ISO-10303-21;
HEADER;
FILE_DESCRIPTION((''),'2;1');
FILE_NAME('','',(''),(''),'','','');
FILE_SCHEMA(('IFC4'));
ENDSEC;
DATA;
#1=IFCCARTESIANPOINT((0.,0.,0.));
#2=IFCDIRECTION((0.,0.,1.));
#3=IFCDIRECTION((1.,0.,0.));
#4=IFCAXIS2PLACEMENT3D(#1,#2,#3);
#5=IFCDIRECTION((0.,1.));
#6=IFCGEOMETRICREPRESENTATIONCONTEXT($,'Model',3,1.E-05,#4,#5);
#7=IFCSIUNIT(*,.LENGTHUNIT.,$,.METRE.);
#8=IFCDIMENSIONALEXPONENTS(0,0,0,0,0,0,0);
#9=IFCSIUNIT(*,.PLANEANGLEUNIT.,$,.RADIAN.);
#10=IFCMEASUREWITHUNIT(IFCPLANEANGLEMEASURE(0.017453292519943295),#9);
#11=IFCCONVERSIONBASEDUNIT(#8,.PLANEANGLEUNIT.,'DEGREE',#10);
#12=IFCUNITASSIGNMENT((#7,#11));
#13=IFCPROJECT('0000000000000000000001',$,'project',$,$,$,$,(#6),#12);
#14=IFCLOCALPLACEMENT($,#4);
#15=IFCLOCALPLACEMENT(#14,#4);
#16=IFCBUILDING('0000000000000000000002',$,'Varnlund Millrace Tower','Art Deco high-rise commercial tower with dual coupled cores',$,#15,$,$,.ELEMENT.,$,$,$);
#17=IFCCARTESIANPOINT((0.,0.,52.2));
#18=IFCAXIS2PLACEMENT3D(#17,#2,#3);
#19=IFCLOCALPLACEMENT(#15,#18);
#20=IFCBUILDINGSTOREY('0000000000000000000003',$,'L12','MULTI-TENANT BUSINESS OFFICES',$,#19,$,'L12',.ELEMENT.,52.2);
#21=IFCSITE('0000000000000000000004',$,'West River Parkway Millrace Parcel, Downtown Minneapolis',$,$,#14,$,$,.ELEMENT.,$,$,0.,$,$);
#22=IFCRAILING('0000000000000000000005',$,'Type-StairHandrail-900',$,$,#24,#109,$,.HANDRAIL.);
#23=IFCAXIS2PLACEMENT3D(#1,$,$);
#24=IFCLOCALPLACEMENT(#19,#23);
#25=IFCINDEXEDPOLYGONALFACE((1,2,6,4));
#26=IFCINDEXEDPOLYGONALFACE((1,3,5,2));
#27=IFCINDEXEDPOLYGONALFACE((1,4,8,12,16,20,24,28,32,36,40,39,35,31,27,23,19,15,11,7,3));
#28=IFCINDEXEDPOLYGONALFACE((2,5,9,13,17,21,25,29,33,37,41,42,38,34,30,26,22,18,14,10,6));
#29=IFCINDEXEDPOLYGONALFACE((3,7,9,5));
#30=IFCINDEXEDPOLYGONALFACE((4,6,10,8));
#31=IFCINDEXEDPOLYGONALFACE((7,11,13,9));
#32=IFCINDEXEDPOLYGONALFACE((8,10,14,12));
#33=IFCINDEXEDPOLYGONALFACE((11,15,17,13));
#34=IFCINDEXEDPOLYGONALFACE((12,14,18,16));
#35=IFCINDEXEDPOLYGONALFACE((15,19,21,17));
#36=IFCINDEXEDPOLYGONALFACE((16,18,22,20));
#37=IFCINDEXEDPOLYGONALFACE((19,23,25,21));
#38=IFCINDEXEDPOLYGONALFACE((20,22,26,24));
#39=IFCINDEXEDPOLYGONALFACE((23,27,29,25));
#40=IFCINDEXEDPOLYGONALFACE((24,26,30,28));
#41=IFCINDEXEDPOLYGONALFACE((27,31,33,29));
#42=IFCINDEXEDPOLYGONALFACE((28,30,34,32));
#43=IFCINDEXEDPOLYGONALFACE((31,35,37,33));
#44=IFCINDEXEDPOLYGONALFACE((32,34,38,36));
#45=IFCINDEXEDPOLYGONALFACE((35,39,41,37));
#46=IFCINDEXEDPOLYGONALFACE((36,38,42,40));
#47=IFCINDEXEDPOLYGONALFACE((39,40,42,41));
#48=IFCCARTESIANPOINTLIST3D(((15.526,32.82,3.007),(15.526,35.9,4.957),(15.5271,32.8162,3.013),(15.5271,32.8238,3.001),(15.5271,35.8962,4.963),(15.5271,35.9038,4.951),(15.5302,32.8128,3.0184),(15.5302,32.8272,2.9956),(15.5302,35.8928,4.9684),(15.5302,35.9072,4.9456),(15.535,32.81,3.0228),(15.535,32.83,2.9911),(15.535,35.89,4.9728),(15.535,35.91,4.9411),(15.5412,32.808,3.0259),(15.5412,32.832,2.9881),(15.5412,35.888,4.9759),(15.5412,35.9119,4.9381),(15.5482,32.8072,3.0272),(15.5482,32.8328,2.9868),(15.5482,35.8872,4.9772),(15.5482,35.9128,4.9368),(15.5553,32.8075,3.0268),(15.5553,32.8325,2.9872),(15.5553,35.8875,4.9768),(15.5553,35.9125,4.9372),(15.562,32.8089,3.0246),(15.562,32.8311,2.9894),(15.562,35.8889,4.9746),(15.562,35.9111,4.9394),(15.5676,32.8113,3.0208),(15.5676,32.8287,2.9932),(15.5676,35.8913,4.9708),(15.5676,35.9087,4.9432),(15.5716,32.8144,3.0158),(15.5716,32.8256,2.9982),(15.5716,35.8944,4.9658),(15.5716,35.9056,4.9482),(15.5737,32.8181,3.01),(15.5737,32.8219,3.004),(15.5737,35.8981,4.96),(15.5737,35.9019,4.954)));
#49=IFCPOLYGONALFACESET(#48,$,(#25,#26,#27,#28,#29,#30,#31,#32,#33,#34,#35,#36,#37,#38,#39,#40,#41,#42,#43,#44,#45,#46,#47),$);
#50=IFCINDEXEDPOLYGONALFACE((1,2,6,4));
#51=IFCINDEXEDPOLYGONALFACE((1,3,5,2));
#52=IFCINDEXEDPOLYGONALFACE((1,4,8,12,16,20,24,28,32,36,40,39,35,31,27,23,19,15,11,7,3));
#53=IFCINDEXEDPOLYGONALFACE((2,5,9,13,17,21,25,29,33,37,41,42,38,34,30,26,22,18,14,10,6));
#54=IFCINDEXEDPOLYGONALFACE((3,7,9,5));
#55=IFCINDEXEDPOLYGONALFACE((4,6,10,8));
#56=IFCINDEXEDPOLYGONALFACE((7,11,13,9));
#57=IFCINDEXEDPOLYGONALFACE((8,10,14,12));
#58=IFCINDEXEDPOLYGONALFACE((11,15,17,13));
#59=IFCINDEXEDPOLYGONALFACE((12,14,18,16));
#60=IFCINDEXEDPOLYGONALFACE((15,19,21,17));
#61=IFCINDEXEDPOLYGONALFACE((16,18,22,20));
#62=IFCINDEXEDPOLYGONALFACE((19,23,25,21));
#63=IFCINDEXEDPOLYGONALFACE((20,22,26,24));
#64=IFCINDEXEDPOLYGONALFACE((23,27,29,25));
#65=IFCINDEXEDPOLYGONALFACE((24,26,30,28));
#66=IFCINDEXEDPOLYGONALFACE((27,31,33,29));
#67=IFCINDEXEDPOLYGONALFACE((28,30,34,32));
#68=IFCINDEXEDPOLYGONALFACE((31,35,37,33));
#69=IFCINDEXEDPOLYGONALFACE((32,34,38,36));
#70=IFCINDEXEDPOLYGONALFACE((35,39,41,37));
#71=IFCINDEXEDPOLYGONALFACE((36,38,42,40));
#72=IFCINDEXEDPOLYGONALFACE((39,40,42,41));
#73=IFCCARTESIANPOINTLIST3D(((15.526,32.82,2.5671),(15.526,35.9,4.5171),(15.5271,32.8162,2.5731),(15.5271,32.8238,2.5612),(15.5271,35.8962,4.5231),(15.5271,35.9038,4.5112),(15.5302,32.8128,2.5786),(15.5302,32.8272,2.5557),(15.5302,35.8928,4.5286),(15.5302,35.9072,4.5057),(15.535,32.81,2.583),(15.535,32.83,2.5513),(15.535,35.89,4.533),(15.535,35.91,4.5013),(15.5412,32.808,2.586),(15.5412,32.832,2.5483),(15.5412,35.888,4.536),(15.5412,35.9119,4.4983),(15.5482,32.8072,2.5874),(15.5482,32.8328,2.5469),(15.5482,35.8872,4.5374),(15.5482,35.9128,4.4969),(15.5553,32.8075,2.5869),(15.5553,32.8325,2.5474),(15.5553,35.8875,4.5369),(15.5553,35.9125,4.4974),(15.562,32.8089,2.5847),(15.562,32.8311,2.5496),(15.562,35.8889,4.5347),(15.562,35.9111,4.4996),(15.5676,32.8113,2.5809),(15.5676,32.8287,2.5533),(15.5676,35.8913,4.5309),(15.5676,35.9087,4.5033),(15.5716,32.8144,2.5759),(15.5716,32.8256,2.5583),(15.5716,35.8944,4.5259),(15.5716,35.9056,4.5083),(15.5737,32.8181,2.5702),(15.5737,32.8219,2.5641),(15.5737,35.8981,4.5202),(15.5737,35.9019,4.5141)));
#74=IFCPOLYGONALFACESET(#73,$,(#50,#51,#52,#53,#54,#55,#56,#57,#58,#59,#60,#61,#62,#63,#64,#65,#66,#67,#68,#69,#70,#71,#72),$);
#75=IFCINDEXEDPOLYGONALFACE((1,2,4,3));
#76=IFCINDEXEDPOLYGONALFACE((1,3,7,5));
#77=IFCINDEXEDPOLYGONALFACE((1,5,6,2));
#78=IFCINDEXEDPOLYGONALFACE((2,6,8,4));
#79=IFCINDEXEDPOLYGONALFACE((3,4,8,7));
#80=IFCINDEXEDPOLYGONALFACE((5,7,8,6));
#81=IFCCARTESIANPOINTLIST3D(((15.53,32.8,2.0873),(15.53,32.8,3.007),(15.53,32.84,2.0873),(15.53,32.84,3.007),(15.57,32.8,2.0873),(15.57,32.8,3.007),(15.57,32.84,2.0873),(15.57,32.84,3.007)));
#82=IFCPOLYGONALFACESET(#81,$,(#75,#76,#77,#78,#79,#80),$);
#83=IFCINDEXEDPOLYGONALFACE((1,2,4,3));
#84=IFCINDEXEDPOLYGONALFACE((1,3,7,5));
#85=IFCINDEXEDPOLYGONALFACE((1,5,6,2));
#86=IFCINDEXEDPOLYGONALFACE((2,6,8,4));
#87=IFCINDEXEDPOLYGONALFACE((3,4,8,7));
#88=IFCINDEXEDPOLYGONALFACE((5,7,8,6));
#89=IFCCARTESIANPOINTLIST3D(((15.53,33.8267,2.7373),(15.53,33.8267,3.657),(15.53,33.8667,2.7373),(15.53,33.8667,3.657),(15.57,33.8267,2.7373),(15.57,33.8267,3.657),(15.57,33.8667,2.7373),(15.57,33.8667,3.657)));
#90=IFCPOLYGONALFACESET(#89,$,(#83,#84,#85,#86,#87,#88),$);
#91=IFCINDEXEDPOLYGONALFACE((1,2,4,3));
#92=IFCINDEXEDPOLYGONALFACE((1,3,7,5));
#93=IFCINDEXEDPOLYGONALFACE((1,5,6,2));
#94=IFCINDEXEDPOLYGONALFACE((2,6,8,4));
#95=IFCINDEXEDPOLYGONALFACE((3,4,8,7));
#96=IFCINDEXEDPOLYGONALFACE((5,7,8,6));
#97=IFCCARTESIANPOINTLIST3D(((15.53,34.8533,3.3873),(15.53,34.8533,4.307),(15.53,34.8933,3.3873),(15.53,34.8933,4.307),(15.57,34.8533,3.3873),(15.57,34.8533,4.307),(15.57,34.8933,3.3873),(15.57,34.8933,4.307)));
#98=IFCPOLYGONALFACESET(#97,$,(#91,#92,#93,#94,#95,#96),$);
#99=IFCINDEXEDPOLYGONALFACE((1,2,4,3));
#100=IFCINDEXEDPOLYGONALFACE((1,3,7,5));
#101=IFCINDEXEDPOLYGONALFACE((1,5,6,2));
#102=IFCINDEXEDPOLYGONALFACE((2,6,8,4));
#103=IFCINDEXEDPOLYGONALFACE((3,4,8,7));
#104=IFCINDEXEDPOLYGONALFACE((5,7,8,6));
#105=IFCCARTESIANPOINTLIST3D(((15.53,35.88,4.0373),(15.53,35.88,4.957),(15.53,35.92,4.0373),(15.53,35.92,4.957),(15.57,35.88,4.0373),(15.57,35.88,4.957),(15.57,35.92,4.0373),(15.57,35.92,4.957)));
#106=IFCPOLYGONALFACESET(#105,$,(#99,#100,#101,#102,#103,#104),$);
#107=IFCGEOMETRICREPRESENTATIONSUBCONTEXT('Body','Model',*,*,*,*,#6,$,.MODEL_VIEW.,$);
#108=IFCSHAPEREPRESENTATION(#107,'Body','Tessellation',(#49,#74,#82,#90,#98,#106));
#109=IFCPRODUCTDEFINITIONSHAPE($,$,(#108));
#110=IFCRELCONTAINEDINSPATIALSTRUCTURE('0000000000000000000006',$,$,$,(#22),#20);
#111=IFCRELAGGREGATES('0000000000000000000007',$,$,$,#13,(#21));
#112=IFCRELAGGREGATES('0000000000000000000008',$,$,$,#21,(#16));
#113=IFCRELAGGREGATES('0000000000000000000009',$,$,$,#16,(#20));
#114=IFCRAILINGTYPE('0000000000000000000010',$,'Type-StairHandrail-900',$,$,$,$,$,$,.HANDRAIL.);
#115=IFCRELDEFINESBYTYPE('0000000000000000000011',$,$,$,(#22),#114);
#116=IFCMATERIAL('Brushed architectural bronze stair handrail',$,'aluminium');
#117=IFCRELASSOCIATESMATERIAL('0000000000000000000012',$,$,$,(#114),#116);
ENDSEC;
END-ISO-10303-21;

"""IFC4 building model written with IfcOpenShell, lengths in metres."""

from ifc_helpers import new_model, entity, si_unit, converted_unit, direction, frame, origin_with_axes, origin_2d_with_axis, place, context, subcontext, project, spatial, rectangle, circle, extrude, material, type_object, element, save


model = new_model("IFC4")

# Units and contexts
model_context = context("Model", 3, precision=1e-05, world=origin_with_axes(), true_north=direction((0.0, 1.0)))
body_context = subcontext(model_context, "Body", "Model", "MODEL_VIEW")
ifc_project = project(units=[si_unit("LENGTHUNIT", "METRE"), converted_unit("PLANEANGLEUNIT", "DEGREE", entity("IfcPlaneAngleMeasure", 0.017453292519943295), si_unit("PLANEANGLEUNIT", "RADIAN"), dimensions=[0, 0, 0, 0, 0, 0, 0])], contexts=[model_context])

# Site, building, storey
site_placement = place(None, origin_with_axes())
site = spatial("IfcSite", under=ifc_project, at=site_placement, Name="West River Parkway Millrace Parcel, Downtown Minneapolis", CompositionType="ELEMENT", RefElevation=0.0)
building_placement = place(site_placement, origin_with_axes())
building = spatial("IfcBuilding", under=site, at=building_placement, Name="Varnlund Millrace Tower", Description="Art Deco high-rise commercial tower with dual coupled cores", CompositionType="ELEMENT")
storey_placement = place(building_placement, frame((0.0, 0.0, 52.2), z_axis=(0.0, 0.0, 1.0), x_axis=(1.0, 0.0, 0.0)))
storey = spatial("IfcBuildingStorey", under=building, at=storey_placement, Name="L12", Description="MULTI-TENANT BUSINESS OFFICES", LongName="L12", CompositionType="ELEMENT", Elevation=52.2)

# Railing
ifc_material_1 = material(Name="Brushed architectural bronze stair handrail", Category="aluminium")
railing_type_1 = type_object("IfcRailingType", Name="Type-StairHandrail-900", PredefinedType="HANDRAIL", material=ifc_material_1)
railing_1_placement = place(storey_placement, frame((0.0, 0.0, -52.2), z_axis=(0.0, 0.0, 1.0), x_axis=(1.0, 0.0, 0.0)))
element("IfcRailing", 1, at=railing_1_placement, inside=storey, type_object=railing_type_1, Name="Type-StairHandrail-900", PredefinedType="HANDRAIL", context=body_context, shape_type="SweptSolid", body=[
    extrude(circle(Radius=0.024, at=origin_2d_with_axis()), frame((15.55, 32.82, 55.207), z_axis=(0.0, 0.844902, 0.534922), x_axis=(-1.0, 0.0, 0.0)), (0.0, 0.0, 1.0), 3.6454),
    extrude(circle(Radius=0.024, at=origin_2d_with_axis()), frame((15.55, 32.82, 54.7671), z_axis=(0.0, 0.844902, 0.534922), x_axis=(-1.0, 0.0, 0.0)), (0.0, 0.0, 1.0), 3.6454),
    extrude(rectangle(XDim=0.04, YDim=0.04, at=origin_2d_with_axis()), frame((15.55, 32.82, 54.2873), z_axis=(0.0, 0.0, 1.0), x_axis=(1.0, 0.0, 0.0)), (0.0, 0.0, 1.0), 0.9197),
    extrude(rectangle(XDim=0.04, YDim=0.04, at=origin_2d_with_axis()), frame((15.55, 33.8467, 54.9373), z_axis=(0.0, 0.0, 1.0), x_axis=(1.0, 0.0, 0.0)), (0.0, 0.0, 1.0), 0.9197),
    extrude(rectangle(XDim=0.04, YDim=0.04, at=origin_2d_with_axis()), frame((15.55, 34.8733, 55.5873), z_axis=(0.0, 0.0, 1.0), x_axis=(1.0, 0.0, 0.0)), (0.0, 0.0, 1.0), 0.9197),
    extrude(rectangle(XDim=0.04, YDim=0.04, at=origin_2d_with_axis()), frame((15.55, 35.9, 56.2373), z_axis=(0.0, 0.0, 1.0), x_axis=(1.0, 0.0, 0.0)), (0.0, 0.0, 1.0), 0.9197),
])

save(model, "model.ifc")
